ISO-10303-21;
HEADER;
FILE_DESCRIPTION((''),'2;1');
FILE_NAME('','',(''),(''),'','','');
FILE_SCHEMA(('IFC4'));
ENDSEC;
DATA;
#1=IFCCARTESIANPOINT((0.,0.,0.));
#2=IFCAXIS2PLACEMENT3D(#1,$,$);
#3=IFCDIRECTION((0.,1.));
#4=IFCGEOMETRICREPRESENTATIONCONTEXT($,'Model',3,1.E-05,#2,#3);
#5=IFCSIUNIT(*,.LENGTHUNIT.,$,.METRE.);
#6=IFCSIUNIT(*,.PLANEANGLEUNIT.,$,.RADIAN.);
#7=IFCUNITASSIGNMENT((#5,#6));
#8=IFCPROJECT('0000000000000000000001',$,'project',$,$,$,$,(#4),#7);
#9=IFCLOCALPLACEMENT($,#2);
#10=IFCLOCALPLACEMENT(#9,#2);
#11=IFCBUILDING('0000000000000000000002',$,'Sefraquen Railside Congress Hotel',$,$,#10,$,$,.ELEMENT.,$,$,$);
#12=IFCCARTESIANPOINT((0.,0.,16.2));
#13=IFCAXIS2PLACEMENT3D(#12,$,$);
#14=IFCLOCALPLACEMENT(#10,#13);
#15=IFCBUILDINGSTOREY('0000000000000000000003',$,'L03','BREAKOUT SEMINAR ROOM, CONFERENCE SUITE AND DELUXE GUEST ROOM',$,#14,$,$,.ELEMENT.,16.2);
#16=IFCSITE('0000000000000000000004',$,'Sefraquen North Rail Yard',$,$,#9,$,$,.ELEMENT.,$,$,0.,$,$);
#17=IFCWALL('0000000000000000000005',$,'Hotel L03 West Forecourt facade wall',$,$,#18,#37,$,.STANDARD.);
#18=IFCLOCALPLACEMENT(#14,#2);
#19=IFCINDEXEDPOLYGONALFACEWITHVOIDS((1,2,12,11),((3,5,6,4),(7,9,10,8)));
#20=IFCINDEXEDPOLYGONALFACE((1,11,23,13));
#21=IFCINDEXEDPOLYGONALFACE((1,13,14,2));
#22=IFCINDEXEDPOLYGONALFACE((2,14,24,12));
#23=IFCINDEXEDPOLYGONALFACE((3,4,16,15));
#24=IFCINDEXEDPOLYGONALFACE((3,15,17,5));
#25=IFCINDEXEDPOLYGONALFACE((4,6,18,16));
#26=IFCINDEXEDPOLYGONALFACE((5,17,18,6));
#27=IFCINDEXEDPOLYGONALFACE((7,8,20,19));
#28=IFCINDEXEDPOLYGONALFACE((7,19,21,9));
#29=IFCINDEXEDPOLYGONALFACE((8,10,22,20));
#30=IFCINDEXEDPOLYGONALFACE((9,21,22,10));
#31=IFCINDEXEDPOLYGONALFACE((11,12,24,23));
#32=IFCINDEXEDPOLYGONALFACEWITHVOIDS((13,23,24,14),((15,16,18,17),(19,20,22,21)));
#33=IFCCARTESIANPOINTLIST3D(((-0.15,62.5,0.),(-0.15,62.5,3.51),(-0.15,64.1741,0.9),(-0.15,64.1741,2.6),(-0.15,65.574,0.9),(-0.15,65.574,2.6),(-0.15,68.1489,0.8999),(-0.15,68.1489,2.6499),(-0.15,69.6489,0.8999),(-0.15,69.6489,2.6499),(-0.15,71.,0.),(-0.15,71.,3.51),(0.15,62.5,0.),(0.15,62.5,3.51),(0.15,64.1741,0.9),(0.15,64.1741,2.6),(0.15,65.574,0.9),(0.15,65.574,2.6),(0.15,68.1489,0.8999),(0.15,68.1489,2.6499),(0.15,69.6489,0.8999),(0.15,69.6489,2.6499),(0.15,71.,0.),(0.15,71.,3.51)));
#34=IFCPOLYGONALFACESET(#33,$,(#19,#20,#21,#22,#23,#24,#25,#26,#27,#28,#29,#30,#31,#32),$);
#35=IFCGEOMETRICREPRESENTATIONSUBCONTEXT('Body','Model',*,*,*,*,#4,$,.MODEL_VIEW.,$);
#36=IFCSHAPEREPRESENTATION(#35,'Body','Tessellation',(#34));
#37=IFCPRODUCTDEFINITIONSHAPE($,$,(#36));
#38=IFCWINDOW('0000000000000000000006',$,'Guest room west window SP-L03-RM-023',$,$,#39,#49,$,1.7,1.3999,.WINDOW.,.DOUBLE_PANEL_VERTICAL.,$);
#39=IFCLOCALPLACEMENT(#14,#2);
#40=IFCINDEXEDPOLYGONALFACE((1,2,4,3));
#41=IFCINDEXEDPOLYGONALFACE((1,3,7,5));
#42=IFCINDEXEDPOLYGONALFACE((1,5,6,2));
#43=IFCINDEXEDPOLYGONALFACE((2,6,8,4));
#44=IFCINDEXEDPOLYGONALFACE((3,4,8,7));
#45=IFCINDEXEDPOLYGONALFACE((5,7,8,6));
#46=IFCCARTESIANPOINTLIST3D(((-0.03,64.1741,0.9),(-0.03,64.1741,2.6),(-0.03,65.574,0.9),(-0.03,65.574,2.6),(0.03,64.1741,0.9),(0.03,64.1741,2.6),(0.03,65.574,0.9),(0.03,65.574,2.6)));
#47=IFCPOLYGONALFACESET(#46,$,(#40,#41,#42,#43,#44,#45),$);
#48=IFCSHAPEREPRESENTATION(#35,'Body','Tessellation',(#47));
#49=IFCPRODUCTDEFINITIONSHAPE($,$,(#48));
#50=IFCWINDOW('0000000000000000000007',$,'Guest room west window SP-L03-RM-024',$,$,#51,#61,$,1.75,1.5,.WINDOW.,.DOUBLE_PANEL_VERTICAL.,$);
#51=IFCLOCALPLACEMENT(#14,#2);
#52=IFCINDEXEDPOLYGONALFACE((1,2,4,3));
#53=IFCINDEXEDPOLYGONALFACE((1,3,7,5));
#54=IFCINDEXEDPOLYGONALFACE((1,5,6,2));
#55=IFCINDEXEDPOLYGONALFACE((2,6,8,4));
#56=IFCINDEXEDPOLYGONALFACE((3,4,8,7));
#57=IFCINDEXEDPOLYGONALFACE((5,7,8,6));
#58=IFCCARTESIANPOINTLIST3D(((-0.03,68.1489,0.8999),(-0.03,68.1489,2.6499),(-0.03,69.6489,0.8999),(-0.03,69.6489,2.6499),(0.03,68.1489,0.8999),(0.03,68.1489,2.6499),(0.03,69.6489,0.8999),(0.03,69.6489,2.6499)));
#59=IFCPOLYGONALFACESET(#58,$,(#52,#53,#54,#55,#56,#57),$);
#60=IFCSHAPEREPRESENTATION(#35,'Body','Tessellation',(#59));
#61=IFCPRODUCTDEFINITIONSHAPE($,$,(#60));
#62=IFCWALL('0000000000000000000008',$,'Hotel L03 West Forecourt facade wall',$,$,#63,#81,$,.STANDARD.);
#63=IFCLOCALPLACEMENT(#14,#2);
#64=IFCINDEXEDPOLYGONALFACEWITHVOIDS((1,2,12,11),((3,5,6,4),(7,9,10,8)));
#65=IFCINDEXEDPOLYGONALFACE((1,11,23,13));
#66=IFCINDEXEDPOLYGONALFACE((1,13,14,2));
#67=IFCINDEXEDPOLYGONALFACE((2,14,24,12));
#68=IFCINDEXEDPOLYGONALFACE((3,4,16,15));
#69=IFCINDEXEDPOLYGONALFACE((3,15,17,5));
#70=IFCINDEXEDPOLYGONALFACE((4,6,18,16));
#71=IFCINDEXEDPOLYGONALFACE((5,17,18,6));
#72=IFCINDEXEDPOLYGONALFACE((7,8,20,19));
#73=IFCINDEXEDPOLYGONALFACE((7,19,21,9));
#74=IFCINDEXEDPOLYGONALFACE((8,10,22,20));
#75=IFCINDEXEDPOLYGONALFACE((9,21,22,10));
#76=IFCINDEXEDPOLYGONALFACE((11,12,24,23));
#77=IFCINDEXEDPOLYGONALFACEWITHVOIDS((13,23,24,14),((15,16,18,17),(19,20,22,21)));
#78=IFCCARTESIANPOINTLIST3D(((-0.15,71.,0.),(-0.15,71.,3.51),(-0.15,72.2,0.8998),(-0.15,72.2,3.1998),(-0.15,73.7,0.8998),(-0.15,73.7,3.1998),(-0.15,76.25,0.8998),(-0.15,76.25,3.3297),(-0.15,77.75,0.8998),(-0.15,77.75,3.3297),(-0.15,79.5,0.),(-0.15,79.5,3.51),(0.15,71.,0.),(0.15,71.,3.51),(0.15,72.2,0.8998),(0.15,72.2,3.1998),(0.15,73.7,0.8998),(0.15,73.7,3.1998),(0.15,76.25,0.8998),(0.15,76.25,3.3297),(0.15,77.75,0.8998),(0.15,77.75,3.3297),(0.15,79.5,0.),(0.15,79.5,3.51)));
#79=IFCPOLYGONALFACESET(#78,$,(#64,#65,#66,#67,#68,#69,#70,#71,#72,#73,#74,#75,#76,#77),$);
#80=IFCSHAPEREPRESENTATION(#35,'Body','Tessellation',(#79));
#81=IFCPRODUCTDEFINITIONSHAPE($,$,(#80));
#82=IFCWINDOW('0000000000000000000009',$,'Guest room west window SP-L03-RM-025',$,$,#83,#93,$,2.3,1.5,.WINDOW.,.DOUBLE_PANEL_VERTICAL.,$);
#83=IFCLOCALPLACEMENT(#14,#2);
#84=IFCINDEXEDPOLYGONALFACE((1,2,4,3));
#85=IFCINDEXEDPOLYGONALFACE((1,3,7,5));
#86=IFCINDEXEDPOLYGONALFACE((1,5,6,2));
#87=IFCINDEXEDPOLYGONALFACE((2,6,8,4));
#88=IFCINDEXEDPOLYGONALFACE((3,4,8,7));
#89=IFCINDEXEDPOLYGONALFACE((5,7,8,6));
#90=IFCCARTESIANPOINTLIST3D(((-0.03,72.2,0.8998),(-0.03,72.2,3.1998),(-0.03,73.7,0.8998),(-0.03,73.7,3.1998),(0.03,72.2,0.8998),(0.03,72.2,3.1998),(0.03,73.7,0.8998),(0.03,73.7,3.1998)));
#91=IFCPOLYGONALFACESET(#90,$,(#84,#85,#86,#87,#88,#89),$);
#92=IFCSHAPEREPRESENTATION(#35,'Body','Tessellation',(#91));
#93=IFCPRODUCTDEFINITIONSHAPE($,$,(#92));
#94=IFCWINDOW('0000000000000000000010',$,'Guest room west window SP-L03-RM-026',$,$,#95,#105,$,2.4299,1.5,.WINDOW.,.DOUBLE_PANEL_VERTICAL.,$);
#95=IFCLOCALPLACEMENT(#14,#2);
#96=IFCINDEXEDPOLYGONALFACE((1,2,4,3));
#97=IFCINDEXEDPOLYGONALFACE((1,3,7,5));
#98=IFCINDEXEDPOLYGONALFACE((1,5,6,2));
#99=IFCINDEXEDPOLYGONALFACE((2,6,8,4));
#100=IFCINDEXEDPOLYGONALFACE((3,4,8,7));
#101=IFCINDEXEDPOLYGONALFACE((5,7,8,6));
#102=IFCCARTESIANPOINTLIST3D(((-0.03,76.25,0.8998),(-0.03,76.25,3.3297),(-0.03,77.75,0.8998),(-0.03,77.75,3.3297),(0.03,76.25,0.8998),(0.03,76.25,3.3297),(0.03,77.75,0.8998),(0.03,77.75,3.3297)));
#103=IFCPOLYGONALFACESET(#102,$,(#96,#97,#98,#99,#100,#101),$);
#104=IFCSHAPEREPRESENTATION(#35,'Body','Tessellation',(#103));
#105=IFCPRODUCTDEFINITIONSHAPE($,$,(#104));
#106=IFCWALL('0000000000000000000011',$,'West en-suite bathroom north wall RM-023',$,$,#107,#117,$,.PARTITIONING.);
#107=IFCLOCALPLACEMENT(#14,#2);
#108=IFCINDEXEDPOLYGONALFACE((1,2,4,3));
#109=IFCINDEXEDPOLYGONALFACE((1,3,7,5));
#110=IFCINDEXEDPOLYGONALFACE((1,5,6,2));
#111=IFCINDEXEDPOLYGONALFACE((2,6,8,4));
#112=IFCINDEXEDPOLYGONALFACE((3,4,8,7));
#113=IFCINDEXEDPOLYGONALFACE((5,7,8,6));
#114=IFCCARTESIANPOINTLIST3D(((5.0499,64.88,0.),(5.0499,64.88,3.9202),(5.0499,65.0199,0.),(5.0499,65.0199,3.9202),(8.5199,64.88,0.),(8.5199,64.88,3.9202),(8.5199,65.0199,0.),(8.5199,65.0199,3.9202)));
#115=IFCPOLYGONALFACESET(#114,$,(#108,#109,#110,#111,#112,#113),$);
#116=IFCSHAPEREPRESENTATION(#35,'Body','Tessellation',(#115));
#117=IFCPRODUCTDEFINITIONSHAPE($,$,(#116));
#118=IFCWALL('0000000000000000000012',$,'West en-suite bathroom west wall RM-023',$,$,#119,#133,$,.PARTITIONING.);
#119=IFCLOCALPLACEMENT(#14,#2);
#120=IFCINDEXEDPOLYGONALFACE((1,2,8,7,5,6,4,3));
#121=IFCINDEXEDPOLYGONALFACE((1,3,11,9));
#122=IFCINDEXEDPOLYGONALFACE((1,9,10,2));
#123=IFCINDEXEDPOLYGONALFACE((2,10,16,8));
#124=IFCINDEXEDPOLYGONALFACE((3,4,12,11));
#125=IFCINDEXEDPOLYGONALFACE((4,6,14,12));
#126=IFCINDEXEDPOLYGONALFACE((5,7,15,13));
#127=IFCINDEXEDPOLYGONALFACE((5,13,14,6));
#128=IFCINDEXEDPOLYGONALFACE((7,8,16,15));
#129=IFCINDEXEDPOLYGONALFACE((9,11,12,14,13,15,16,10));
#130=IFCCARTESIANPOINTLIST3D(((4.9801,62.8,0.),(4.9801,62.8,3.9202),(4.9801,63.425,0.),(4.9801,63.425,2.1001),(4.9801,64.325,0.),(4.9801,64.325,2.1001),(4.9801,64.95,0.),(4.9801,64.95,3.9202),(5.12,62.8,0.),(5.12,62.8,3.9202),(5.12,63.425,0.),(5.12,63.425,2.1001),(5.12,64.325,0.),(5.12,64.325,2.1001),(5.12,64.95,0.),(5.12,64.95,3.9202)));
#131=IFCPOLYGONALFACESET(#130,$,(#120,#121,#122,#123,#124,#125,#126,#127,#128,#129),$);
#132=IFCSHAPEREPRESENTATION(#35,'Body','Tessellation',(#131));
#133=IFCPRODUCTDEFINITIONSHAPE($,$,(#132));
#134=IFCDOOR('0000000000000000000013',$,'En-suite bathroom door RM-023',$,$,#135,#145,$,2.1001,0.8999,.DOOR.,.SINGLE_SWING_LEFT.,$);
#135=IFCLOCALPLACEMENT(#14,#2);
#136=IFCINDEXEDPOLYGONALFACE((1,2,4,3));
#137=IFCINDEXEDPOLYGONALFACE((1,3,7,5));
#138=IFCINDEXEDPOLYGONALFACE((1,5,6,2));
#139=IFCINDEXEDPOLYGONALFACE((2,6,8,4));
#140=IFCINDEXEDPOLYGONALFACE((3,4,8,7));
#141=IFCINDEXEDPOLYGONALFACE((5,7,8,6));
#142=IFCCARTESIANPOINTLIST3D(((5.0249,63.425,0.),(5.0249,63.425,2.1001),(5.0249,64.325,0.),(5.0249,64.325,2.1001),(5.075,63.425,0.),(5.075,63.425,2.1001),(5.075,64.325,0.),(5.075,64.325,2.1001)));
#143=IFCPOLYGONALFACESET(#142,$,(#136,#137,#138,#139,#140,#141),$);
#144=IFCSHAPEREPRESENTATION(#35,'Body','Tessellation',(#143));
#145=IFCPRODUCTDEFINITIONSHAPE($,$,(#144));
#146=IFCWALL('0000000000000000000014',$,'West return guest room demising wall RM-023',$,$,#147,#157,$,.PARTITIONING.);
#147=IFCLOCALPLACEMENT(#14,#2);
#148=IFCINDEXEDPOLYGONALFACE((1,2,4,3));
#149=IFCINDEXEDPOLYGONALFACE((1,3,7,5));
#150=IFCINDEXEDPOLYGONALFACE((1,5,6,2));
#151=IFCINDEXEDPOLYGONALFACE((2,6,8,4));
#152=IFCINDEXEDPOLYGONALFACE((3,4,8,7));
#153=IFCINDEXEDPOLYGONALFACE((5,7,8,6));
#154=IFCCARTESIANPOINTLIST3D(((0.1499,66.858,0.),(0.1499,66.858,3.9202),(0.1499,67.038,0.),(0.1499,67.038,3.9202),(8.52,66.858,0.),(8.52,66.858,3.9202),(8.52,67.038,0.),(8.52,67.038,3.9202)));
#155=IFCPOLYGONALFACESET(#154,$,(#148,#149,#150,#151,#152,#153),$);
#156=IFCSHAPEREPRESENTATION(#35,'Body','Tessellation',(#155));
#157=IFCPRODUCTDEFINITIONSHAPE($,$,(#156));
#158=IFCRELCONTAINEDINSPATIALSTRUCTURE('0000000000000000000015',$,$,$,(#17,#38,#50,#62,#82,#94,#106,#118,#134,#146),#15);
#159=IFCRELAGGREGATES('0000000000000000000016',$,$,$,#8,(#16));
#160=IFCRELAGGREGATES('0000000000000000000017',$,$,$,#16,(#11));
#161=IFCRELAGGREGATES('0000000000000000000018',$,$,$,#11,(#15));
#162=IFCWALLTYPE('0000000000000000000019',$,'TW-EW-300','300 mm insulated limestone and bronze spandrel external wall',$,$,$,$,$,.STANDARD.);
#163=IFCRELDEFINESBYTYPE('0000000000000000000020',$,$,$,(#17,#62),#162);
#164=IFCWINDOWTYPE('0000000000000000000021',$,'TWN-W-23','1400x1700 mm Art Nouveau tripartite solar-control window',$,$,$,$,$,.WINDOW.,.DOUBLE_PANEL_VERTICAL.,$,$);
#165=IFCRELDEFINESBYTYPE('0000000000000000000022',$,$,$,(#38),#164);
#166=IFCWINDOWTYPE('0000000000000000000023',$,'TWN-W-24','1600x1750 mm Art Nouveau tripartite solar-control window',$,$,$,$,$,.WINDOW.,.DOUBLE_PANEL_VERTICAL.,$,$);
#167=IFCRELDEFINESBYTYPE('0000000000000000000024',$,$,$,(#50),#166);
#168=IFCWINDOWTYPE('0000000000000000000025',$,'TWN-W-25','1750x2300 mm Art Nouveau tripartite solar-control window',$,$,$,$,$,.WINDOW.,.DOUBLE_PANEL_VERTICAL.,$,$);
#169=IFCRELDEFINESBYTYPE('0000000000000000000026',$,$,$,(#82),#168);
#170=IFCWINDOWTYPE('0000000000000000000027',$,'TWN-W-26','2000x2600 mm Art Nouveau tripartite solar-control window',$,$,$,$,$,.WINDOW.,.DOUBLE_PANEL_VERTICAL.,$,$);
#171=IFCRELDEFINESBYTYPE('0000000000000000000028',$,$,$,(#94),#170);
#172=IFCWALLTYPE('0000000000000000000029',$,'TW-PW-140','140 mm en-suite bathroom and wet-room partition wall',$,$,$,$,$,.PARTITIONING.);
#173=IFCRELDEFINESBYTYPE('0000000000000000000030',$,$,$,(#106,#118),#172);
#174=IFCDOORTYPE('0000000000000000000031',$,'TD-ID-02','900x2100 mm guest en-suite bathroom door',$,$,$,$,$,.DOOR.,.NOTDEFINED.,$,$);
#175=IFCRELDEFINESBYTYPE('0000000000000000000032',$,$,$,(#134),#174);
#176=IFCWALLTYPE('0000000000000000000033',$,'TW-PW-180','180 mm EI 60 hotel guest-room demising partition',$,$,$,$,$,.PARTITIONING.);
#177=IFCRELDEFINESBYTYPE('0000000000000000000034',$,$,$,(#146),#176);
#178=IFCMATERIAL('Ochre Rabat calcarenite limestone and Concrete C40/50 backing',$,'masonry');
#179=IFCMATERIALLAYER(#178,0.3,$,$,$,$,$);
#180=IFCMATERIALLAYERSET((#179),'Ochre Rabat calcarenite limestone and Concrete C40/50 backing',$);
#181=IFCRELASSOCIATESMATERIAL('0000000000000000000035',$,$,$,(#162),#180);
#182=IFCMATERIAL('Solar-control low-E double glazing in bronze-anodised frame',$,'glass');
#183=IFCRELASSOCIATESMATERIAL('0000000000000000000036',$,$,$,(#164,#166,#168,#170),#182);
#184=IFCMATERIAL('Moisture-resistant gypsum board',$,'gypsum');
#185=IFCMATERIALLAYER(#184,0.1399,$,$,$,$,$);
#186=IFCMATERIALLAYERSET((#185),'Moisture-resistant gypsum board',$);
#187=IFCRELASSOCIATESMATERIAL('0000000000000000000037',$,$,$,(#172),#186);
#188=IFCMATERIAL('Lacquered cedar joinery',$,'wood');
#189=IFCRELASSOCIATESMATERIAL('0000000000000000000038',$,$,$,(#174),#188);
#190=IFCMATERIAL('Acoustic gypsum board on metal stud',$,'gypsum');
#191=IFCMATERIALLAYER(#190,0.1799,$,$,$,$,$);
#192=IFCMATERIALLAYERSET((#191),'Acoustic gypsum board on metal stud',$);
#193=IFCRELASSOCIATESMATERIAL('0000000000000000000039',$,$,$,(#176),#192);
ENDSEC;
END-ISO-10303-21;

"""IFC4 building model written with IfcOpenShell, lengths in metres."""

from ifc_helpers import new_model, si_unit, direction, frame, frame_2d, origin, place, context, subcontext, project, spatial, rectangle, extrude, material, layer, layer_set, type_object, element, fill, save


model = new_model("IFC4")

# Units and contexts
model_context = context("Model", 3, precision=1e-05, world=origin(), true_north=direction((0.0, 1.0)))
body_context = subcontext(model_context, "Body", "Model", "MODEL_VIEW")
ifc_project = project(units=[si_unit("LENGTHUNIT", "METRE"), si_unit("PLANEANGLEUNIT", "RADIAN")], contexts=[model_context])

# Site, building, storey
site_placement = place(None, origin())
site = spatial("IfcSite", under=ifc_project, at=site_placement, Name="Sefraquen North Rail Yard", CompositionType="ELEMENT", RefElevation=0.0)
building_placement = place(site_placement, origin())
building = spatial("IfcBuilding", under=site, at=building_placement, Name="Sefraquen Railside Congress Hotel", CompositionType="ELEMENT")
storey_placement = place(building_placement, frame((0.0, 0.0, 16.2)))
storey = spatial("IfcBuildingStorey", under=building, at=storey_placement, Name="L03", Description="BREAKOUT SEMINAR ROOM, CONFERENCE SUITE AND DELUXE GUEST ROOM", CompositionType="ELEMENT", Elevation=16.2)

# Shared definitions
ifc_material_1 = material(Name="Ochre Rabat calcarenite limestone and Concrete C40/50 backing", Category="masonry")

# Walls, openings, windows
ifc_layer_1 = layer(ifc_material_1, 0.3)
ifc_layer_set_1 = layer_set([ifc_layer_1], Name="Ochre Rabat calcarenite limestone and Concrete C40/50 backing")
wall_type_1 = type_object("IfcWallType", Name="TW-EW-300", Description="300 mm insulated limestone and bronze spandrel external wall", PredefinedType="STANDARD", material=ifc_layer_set_1)
wall_1_placement = place(storey_placement, frame((0.0, 62.5, 0.0), z_axis=(0.0, 0.0, 1.0), x_axis=(0.0, 1.0, 0.0)))
wall_1 = element("IfcWall", 1, at=wall_1_placement, inside=storey, type_object=wall_type_1, Name="Hotel L03 West Forecourt facade wall", PredefinedType="STANDARD", context=body_context, shape_type="SweptSolid", body=[
    extrude(rectangle(XDim=8.5, YDim=0.3, at=frame_2d((4.25, 0.0))), origin(), (0.0, 0.0, 1.0), 3.51),
])
opening_1_placement = place(wall_1_placement, frame((1.6741, 0.0, 0.8999)))
opening_1 = element("IfcOpeningElement", 2, at=opening_1_placement, cuts=wall_1, PredefinedType="OPENING", context=body_context, shape_type="SweptSolid", body=[
    extrude(rectangle(XDim=1.3999, YDim=1.7, at=frame_2d((0.7, 0.8501))), frame((0.0, 0.1599, 0.0), z_axis=(0.0, -1.0, 0.0), x_axis=(1.0, 0.0, 0.0)), (0.0, 0.0, 1.0), 0.3201),
])
opening_2_placement = place(wall_1_placement, frame((5.6489, 0.0, 0.8999)))
opening_2 = element("IfcOpeningElement", 3, at=opening_2_placement, cuts=wall_1, PredefinedType="OPENING", context=body_context, shape_type="SweptSolid", body=[
    extrude(rectangle(XDim=1.5, YDim=1.75, at=frame_2d((0.75, 0.875))), frame((0.0, 0.1599, 0.0), z_axis=(0.0, -1.0, 0.0), x_axis=(1.0, 0.0, 0.0)), (0.0, 0.0, 1.0), 0.3201),
])
ifc_material_2 = material(Name="Solar-control low-E double glazing in bronze-anodised frame", Category="glass")
window_type_1 = type_object("IfcWindowType", Name="TWN-W-23", Description="1400x1700 mm Art Nouveau tripartite solar-control window", PartitioningType="DOUBLE_PANEL_VERTICAL", PredefinedType="WINDOW", material=ifc_material_2)
window_1_placement = place(opening_1_placement, origin())
window_1 = element("IfcWindow", 4, at=window_1_placement, inside=storey, type_object=window_type_1, Name="Guest room west window SP-L03-RM-023", OverallHeight=1.7, OverallWidth=1.3999, PartitioningType="DOUBLE_PANEL_VERTICAL", PredefinedType="WINDOW", context=body_context, shape_type="SweptSolid", body=[
    extrude(rectangle(XDim=1.3999, YDim=1.7, at=frame_2d((0.7, 0.8501))), frame((0.0, 0.03, 0.0), z_axis=(0.0, -1.0, 0.0), x_axis=(1.0, 0.0, 0.0)), (0.0, 0.0, 1.0), 0.0601),
])
fill(opening_1, window_1)
window_type_2 = type_object("IfcWindowType", Name="TWN-W-24", Description="1600x1750 mm Art Nouveau tripartite solar-control window", PartitioningType="DOUBLE_PANEL_VERTICAL", PredefinedType="WINDOW", material=ifc_material_2)
window_2_placement = place(opening_2_placement, origin())
window_2 = element("IfcWindow", 5, at=window_2_placement, inside=storey, type_object=window_type_2, Name="Guest room west window SP-L03-RM-024", OverallHeight=1.75, OverallWidth=1.5, PartitioningType="DOUBLE_PANEL_VERTICAL", PredefinedType="WINDOW", context=body_context, shape_type="SweptSolid", body=[
    extrude(rectangle(XDim=1.5, YDim=1.75, at=frame_2d((0.75, 0.875))), frame((0.0, 0.03, 0.0), z_axis=(0.0, -1.0, 0.0), x_axis=(1.0, 0.0, 0.0)), (0.0, 0.0, 1.0), 0.0601),
])
fill(opening_2, window_2)
wall_2_placement = place(storey_placement, frame((0.0, 71.0, 0.0), z_axis=(0.0, 0.0, 1.0), x_axis=(0.0, 1.0, 0.0)))
wall_2 = element("IfcWall", 6, at=wall_2_placement, inside=storey, type_object=wall_type_1, Name="Hotel L03 West Forecourt facade wall", PredefinedType="STANDARD", context=body_context, shape_type="SweptSolid", body=[
    extrude(rectangle(XDim=8.5, YDim=0.3, at=frame_2d((4.25, 0.0))), origin(), (0.0, 0.0, 1.0), 3.51),
])
opening_3_placement = place(wall_2_placement, frame((1.2, 0.0, 0.8999)))
opening_3 = element("IfcOpeningElement", 7, at=opening_3_placement, cuts=wall_2, PredefinedType="OPENING", context=body_context, shape_type="SweptSolid", body=[
    extrude(rectangle(XDim=1.5, YDim=2.3, at=frame_2d((0.75, 1.1499))), frame((0.0, 0.1599, 0.0), z_axis=(0.0, -1.0, 0.0), x_axis=(1.0, 0.0, 0.0)), (0.0, 0.0, 1.0), 0.3201),
])
opening_4_placement = place(wall_2_placement, frame((5.25, 0.0, 0.8999)))
opening_4 = element("IfcOpeningElement", 8, at=opening_4_placement, cuts=wall_2, PredefinedType="OPENING", context=body_context, shape_type="SweptSolid", body=[
    extrude(rectangle(XDim=1.5, YDim=2.4299, at=frame_2d((0.75, 1.2148))), frame((0.0, 0.1599, 0.0), z_axis=(0.0, -1.0, 0.0), x_axis=(1.0, 0.0, 0.0)), (0.0, 0.0, 1.0), 0.3201),
])
window_type_3 = type_object("IfcWindowType", Name="TWN-W-25", Description="1750x2300 mm Art Nouveau tripartite solar-control window", PartitioningType="DOUBLE_PANEL_VERTICAL", PredefinedType="WINDOW", material=ifc_material_2)
window_3_placement = place(opening_3_placement, origin())
window_3 = element("IfcWindow", 9, at=window_3_placement, inside=storey, type_object=window_type_3, Name="Guest room west window SP-L03-RM-025", OverallHeight=2.3, OverallWidth=1.5, PartitioningType="DOUBLE_PANEL_VERTICAL", PredefinedType="WINDOW", context=body_context, shape_type="SweptSolid", body=[
    extrude(rectangle(XDim=1.5, YDim=2.3, at=frame_2d((0.75, 1.1499))), frame((0.0, 0.03, 0.0), z_axis=(0.0, -1.0, 0.0), x_axis=(1.0, 0.0, 0.0)), (0.0, 0.0, 1.0), 0.0601),
])
fill(opening_3, window_3)
window_type_4 = type_object("IfcWindowType", Name="TWN-W-26", Description="2000x2600 mm Art Nouveau tripartite solar-control window", PartitioningType="DOUBLE_PANEL_VERTICAL", PredefinedType="WINDOW", material=ifc_material_2)
window_4_placement = place(opening_4_placement, origin())
window_4 = element("IfcWindow", 10, at=window_4_placement, inside=storey, type_object=window_type_4, Name="Guest room west window SP-L03-RM-026", OverallHeight=2.4299, OverallWidth=1.5, PartitioningType="DOUBLE_PANEL_VERTICAL", PredefinedType="WINDOW", context=body_context, shape_type="SweptSolid", body=[
    extrude(rectangle(XDim=1.5, YDim=2.4299, at=frame_2d((0.75, 1.2148))), frame((0.0, 0.03, 0.0), z_axis=(0.0, -1.0, 0.0), x_axis=(1.0, 0.0, 0.0)), (0.0, 0.0, 1.0), 0.0601),
])
fill(opening_4, window_4)

# Wall
ifc_material_3 = material(Name="Moisture-resistant gypsum board", Category="gypsum")
ifc_layer_2 = layer(ifc_material_3, 0.1399)
ifc_layer_set_2 = layer_set([ifc_layer_2], Name="Moisture-resistant gypsum board")
wall_type_2 = type_object("IfcWallType", Name="TW-PW-140", Description="140 mm en-suite bathroom and wet-room partition wall", PredefinedType="PARTITIONING", material=ifc_layer_set_2)
wall_3_placement = place(storey_placement, frame((5.05, 64.95, 0.0), z_axis=(0.0, 0.0, 1.0), x_axis=(1.0, 0.0, 0.0)))
element("IfcWall", 11, at=wall_3_placement, inside=storey, type_object=wall_type_2, Name="West en-suite bathroom north wall RM-023", PredefinedType="PARTITIONING", context=body_context, shape_type="SweptSolid", body=[
    extrude(rectangle(XDim=3.47, YDim=0.1399, at=frame_2d((1.7349, 0.0))), origin(), (0.0, 0.0, 1.0), 3.9202),
])

# Wall, opening, door
wall_4_placement = place(storey_placement, frame((5.05, 62.8, 0.0), z_axis=(0.0, 0.0, 1.0), x_axis=(0.0, 1.0, 0.0)))
wall_4 = element("IfcWall", 12, at=wall_4_placement, inside=storey, type_object=wall_type_2, Name="West en-suite bathroom west wall RM-023", PredefinedType="PARTITIONING", context=body_context, shape_type="SweptSolid", body=[
    extrude(rectangle(XDim=2.1499, YDim=0.1399, at=frame_2d((1.075, 0.0))), origin(), (0.0, 0.0, 1.0), 3.9202),
])
opening_5_placement = place(wall_4_placement, frame((0.625, 0.0, 0.0)))
opening_5 = element("IfcOpeningElement", 13, at=opening_5_placement, cuts=wall_4, PredefinedType="OPENING", context=body_context, shape_type="SweptSolid", body=[
    extrude(rectangle(XDim=0.8999, YDim=2.1001, at=frame_2d((0.45, 1.05))), frame((0.0, 0.0798, 0.0), z_axis=(0.0, -1.0, 0.0), x_axis=(1.0, 0.0, 0.0)), (0.0, 0.0, 1.0), 0.1599),
])
ifc_material_4 = material(Name="Lacquered cedar joinery", Category="wood")
door_type = type_object("IfcDoorType", Name="TD-ID-02", Description="900x2100 mm guest en-suite bathroom door", OperationType="NOTDEFINED", PredefinedType="DOOR", material=ifc_material_4)
door_placement = place(opening_5_placement, frame((0.8999, 0.0, 0.0), z_axis=(0.0, 0.0, 1.0), x_axis=(-1.0, 0.0, 0.0)))
door = element("IfcDoor", 14, at=door_placement, inside=storey, type_object=door_type, Name="En-suite bathroom door RM-023", OperationType="SINGLE_SWING_LEFT", OverallHeight=2.1001, OverallWidth=0.8999, PredefinedType="DOOR", context=body_context, shape_type="SweptSolid", body=[
    extrude(rectangle(XDim=0.8999, YDim=2.1001, at=frame_2d((0.45, 1.05))), frame((0.0, 0.0249, 0.0), z_axis=(0.0, -1.0, 0.0), x_axis=(1.0, 0.0, 0.0)), (0.0, 0.0, 1.0), 0.05),
])
fill(opening_5, door)

# Wall
ifc_material_5 = material(Name="Acoustic gypsum board on metal stud", Category="gypsum")
ifc_layer_3 = layer(ifc_material_5, 0.1799)
ifc_layer_set_3 = layer_set([ifc_layer_3], Name="Acoustic gypsum board on metal stud")
wall_type_3 = type_object("IfcWallType", Name="TW-PW-180", Description="180 mm EI 60 hotel guest-room demising partition", PredefinedType="PARTITIONING", material=ifc_layer_set_3)
wall_5_placement = place(storey_placement, frame((0.1499, 66.948, 0.0), z_axis=(0.0, 0.0, 1.0), x_axis=(1.0, 0.0, 0.0)))
element("IfcWall", 15, at=wall_5_placement, inside=storey, type_object=wall_type_3, Name="West return guest room demising wall RM-023", PredefinedType="PARTITIONING", context=body_context, shape_type="SweptSolid", body=[
    extrude(rectangle(XDim=8.3701, YDim=0.1799, at=frame_2d((4.1851, 0.0))), origin(), (0.0, 0.0, 1.0), 3.9202),
])

save(model, "model.ifc")
